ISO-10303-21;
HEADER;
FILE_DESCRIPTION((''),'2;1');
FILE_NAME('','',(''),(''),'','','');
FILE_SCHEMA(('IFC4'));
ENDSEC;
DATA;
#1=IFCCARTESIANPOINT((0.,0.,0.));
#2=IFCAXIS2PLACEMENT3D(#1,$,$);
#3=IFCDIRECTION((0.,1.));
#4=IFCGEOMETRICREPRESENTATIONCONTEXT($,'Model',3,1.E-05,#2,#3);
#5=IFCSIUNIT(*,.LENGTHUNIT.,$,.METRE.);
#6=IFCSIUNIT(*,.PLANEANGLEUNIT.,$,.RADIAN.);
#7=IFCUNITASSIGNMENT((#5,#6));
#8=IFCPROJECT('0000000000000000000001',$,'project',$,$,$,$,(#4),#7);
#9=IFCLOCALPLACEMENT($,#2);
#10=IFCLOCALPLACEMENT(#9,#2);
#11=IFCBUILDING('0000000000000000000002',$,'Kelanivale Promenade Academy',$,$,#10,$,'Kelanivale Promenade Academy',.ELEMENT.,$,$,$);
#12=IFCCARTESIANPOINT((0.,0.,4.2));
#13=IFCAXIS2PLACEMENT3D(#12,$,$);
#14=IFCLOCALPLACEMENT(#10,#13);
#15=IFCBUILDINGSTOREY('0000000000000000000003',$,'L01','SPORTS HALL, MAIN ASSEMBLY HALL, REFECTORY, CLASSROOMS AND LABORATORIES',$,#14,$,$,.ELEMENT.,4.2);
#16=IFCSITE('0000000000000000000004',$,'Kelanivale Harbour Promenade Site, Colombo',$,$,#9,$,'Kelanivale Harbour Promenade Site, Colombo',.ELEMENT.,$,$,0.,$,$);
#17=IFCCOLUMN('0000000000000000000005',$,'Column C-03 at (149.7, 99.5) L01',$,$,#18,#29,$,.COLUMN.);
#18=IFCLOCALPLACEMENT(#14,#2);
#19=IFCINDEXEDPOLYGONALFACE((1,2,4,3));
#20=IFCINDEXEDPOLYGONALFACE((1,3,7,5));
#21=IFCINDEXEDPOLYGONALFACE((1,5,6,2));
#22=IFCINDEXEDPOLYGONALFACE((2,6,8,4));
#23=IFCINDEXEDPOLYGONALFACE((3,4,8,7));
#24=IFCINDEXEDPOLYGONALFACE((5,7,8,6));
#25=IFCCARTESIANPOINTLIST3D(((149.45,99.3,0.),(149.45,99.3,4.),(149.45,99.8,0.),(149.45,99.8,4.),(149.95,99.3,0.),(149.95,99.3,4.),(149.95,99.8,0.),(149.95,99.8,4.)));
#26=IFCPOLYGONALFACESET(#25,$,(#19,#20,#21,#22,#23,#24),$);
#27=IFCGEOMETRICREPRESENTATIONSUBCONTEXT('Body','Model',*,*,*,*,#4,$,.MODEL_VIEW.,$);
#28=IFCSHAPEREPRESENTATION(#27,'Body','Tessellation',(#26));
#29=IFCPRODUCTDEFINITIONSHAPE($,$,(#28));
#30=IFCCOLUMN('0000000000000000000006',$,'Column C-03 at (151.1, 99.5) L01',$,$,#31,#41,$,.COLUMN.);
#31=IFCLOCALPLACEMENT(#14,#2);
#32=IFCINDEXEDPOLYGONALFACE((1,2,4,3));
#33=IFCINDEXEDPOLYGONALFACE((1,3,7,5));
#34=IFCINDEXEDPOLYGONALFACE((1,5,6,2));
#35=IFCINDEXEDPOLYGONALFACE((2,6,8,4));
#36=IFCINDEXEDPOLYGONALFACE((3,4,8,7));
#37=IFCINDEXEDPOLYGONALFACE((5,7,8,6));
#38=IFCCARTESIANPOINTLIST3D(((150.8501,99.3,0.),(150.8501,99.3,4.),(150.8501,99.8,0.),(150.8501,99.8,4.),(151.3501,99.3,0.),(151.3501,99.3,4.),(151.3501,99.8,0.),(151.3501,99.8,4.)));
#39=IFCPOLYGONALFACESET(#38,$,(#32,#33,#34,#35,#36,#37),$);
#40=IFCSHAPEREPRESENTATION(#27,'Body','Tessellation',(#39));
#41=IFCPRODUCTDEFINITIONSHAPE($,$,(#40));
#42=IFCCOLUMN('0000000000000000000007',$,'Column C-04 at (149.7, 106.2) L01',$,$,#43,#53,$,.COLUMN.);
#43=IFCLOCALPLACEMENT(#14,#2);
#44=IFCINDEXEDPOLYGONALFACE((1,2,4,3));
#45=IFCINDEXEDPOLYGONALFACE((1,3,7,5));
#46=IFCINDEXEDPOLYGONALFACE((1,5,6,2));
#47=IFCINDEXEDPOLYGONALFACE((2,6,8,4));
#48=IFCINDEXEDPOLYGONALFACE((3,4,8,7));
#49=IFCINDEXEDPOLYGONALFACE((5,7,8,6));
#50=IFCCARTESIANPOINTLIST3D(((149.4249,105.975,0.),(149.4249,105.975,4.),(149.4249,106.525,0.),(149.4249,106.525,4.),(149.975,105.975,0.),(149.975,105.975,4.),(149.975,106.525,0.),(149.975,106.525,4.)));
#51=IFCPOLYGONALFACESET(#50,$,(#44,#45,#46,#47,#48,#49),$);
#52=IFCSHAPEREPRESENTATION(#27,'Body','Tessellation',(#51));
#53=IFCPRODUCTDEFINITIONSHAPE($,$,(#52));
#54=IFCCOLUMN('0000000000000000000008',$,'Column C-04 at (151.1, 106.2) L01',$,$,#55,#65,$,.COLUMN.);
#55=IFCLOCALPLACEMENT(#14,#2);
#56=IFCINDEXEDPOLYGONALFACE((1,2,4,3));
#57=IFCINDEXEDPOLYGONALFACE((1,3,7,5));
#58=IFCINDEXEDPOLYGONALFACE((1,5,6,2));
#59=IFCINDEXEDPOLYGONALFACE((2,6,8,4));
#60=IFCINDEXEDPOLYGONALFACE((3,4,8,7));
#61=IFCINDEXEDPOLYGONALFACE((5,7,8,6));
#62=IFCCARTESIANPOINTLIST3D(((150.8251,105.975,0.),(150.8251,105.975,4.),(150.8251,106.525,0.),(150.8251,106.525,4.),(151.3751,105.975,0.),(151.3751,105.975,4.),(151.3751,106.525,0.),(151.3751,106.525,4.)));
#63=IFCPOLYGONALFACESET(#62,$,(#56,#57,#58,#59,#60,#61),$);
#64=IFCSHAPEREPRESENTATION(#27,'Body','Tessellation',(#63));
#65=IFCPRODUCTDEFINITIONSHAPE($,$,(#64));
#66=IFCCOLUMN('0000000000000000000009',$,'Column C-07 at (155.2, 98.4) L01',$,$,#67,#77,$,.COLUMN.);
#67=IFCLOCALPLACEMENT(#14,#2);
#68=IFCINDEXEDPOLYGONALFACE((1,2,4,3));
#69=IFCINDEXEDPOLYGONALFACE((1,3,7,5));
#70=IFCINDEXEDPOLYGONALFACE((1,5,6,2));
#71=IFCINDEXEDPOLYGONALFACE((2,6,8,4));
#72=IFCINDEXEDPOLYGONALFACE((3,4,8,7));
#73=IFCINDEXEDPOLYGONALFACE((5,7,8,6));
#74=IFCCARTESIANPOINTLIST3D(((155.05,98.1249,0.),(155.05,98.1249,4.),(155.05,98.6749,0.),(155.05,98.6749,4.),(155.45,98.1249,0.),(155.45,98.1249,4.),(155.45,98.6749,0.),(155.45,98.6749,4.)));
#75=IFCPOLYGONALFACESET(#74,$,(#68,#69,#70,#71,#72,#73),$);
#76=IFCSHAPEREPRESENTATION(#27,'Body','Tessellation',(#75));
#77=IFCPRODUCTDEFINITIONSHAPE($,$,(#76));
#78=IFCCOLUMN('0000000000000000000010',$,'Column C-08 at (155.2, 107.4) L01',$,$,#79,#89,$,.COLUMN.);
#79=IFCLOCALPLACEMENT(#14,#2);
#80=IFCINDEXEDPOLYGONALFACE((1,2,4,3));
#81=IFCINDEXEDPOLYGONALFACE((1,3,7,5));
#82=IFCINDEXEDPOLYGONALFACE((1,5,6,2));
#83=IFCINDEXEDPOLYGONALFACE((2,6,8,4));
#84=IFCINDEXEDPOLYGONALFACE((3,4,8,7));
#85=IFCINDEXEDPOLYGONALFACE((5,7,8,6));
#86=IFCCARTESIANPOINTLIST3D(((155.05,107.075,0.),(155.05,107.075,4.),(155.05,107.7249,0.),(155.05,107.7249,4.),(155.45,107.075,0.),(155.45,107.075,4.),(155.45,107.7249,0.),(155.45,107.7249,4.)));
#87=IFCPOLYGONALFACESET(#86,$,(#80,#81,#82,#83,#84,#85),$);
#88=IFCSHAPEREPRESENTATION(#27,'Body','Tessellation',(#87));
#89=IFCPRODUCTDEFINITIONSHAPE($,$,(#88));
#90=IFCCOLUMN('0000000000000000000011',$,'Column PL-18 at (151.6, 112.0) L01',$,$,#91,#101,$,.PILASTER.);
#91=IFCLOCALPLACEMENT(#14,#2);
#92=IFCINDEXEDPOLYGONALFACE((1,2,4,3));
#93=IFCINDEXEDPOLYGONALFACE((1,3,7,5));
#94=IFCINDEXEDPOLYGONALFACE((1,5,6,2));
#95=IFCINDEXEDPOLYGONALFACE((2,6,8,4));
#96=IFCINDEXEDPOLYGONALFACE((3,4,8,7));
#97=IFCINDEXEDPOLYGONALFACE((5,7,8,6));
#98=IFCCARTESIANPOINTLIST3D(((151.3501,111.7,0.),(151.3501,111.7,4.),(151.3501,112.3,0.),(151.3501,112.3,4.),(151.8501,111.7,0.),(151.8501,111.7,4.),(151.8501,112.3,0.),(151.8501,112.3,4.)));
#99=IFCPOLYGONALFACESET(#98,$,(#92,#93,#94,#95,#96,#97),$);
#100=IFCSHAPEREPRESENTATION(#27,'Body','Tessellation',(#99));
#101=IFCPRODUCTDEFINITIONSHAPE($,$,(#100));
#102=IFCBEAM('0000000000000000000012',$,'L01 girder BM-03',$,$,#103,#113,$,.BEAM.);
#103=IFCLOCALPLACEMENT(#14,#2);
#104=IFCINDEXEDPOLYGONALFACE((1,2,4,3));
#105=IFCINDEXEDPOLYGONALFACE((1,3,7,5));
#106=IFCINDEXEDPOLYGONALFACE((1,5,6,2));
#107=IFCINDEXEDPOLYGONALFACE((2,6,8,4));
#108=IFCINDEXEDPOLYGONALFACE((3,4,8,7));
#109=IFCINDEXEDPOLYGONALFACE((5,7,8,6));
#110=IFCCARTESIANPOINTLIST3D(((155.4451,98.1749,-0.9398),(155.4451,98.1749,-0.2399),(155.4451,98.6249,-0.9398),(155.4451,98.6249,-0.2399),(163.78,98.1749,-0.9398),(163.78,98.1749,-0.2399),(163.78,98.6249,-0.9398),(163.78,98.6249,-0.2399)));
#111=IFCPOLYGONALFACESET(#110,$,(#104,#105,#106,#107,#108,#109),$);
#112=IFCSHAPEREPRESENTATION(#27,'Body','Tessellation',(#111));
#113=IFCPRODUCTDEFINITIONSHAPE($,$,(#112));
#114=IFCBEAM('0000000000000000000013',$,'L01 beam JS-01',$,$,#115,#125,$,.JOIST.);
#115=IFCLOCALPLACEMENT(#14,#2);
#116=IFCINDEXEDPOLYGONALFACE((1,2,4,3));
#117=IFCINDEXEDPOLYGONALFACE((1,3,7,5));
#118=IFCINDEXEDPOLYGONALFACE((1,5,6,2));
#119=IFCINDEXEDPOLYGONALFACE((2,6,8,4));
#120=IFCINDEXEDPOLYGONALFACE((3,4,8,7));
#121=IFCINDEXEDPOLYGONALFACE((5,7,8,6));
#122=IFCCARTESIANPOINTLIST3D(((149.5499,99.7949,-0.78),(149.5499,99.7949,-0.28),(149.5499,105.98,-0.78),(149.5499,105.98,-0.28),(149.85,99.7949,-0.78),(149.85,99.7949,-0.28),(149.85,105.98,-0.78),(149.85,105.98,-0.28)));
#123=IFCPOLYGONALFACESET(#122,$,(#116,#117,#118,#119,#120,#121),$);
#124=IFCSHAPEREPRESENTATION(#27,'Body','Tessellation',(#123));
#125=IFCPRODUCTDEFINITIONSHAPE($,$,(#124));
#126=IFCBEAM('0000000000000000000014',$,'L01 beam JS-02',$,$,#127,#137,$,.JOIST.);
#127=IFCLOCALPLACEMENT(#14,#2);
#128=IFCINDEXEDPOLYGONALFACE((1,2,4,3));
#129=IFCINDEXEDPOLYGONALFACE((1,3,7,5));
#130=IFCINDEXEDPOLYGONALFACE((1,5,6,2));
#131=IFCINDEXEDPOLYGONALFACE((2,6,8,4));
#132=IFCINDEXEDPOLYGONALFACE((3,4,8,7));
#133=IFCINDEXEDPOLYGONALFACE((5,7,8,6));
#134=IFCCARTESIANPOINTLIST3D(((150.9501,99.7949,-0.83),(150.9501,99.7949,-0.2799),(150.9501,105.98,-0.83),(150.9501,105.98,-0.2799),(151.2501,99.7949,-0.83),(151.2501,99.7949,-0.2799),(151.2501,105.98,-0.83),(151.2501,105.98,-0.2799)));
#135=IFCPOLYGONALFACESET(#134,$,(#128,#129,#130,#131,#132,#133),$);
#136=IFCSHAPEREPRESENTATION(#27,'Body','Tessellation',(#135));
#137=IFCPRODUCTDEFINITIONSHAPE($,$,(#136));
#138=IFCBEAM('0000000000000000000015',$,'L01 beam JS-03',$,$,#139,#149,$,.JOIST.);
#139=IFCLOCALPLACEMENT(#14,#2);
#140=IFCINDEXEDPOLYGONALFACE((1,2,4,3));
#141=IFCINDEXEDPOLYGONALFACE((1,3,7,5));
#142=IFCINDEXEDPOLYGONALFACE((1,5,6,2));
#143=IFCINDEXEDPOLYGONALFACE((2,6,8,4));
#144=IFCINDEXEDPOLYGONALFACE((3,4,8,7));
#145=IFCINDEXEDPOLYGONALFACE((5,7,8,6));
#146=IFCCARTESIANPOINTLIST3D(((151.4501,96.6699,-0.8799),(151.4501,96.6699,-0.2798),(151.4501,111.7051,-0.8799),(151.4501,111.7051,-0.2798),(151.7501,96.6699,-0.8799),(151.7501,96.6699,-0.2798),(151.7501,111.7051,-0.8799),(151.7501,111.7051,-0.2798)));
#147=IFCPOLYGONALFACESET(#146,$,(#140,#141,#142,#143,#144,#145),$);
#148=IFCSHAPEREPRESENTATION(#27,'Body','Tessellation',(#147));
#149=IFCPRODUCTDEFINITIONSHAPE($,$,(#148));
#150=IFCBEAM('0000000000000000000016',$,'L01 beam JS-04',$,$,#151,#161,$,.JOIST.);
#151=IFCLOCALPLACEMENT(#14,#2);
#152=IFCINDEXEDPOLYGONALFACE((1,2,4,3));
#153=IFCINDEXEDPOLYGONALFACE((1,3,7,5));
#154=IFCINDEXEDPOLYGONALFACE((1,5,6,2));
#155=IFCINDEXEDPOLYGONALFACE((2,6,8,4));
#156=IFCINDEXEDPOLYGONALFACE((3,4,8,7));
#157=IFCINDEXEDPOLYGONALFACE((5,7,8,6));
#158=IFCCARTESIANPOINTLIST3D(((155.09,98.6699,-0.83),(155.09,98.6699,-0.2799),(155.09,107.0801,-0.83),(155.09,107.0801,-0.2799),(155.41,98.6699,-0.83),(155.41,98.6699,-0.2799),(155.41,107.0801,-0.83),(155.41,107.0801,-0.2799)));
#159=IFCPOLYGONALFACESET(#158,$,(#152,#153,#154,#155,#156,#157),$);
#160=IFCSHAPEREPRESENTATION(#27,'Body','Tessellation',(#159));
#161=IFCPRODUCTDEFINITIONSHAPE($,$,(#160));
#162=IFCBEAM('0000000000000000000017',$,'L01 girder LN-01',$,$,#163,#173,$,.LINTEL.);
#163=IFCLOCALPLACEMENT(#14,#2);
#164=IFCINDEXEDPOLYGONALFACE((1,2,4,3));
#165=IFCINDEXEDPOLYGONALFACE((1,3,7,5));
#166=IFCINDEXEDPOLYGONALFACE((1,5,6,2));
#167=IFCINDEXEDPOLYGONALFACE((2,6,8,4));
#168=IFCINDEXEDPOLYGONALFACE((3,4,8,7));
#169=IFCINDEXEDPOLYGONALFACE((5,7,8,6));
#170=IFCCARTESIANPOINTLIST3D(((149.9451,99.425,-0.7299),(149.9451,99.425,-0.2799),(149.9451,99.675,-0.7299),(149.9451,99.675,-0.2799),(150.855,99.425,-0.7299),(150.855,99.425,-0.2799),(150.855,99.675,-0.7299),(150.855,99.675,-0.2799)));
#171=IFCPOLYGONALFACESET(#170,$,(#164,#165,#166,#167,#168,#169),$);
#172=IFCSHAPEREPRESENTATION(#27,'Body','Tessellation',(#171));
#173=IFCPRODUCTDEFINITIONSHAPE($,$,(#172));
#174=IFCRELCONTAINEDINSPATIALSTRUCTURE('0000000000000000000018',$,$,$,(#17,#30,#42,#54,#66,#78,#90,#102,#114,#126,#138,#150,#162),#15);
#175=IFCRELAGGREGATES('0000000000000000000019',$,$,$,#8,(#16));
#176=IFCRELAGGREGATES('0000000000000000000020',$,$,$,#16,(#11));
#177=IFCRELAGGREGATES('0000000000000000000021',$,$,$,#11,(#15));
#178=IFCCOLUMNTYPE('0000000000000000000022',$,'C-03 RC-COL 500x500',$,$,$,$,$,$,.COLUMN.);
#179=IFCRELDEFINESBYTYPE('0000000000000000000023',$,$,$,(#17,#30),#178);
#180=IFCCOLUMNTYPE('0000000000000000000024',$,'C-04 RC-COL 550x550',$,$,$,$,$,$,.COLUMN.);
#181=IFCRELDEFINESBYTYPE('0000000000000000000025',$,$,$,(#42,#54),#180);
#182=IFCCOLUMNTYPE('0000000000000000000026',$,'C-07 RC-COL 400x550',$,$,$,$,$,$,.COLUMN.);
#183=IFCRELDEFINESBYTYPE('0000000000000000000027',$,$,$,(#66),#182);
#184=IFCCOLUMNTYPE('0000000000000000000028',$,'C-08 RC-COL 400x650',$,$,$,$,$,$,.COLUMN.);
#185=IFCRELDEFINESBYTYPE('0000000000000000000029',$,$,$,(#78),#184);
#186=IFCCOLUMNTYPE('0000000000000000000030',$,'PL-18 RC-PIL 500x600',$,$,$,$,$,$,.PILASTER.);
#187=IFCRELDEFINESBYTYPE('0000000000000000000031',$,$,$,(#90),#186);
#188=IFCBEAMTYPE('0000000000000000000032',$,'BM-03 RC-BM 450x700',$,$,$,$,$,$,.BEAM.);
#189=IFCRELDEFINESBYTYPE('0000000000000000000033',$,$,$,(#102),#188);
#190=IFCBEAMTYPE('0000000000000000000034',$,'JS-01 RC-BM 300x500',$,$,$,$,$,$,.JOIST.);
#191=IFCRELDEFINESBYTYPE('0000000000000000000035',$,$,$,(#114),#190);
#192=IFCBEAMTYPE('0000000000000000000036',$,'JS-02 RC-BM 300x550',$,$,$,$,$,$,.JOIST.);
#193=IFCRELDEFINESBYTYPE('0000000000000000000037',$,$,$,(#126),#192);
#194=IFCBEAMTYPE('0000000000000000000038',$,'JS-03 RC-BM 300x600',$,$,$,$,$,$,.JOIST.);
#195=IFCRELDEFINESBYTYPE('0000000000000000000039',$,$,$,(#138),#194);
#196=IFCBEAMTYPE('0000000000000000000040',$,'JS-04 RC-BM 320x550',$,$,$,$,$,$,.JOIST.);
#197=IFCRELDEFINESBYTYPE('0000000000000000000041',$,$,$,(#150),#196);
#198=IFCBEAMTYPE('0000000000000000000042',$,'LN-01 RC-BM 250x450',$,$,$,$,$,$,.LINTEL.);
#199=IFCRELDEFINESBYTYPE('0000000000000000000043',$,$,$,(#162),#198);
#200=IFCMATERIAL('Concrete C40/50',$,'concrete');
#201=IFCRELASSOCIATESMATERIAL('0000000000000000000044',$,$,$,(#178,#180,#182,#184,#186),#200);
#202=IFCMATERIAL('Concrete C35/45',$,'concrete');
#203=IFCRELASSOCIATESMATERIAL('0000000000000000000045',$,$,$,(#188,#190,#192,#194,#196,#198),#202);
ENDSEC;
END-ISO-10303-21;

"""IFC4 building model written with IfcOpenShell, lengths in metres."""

from ifc_helpers import new_model, si_unit, direction, frame, origin, origin_2d, place, context, subcontext, project, spatial, rectangle, extrude, material, material_profile, profile_set, type_object, element, save


model = new_model("IFC4")

# Units and contexts
model_context = context("Model", 3, precision=1e-05, world=origin(), true_north=direction((0.0, 1.0)))
body_context = subcontext(model_context, "Body", "Model", "MODEL_VIEW")
ifc_project = project(units=[si_unit("LENGTHUNIT", "METRE"), si_unit("PLANEANGLEUNIT", "RADIAN")], contexts=[model_context])

# Site, building, storey
site_placement = place(None, origin())
site = spatial("IfcSite", under=ifc_project, at=site_placement, Name="Kelanivale Harbour Promenade Site, Colombo", LongName="Kelanivale Harbour Promenade Site, Colombo", CompositionType="ELEMENT", RefElevation=0.0)
building_placement = place(site_placement, origin())
building = spatial("IfcBuilding", under=site, at=building_placement, Name="Kelanivale Promenade Academy", LongName="Kelanivale Promenade Academy", CompositionType="ELEMENT")
storey_placement = place(building_placement, frame((0.0, 0.0, 4.2)))
storey = spatial("IfcBuildingStorey", under=building, at=storey_placement, Name="L01", Description="SPORTS HALL, MAIN ASSEMBLY HALL, REFECTORY, CLASSROOMS AND LABORATORIES", CompositionType="ELEMENT", Elevation=4.2)

# Columns
ifc_material_1 = material(Name="Concrete C40/50", Category="concrete")
ifc_material_profile_1 = material_profile(ifc_material_1, rectangle(XDim=0.5, YDim=0.5, at=origin_2d()), Name="RC-COL 500x500")
ifc_profile_set_1 = profile_set([ifc_material_profile_1], Name="Concrete C40/50")
column_type_1 = type_object("IfcColumnType", Name="C-03 RC-COL 500x500", PredefinedType="COLUMN", material=ifc_profile_set_1)
for number, where, z_axis, x_axis, name in (
    (1, (149.7, 99.55, 0.0), (0.0, 0.0, 1.0), (1.0, 0.0, 0.0), "Column C-03 at (149.7, 99.5) L01"),
    (2, (151.1001, 99.55, 0.0), (0.0, 0.0, 1.0), (1.0, 0.0, 0.0), "Column C-03 at (151.1, 99.5) L01"),
):
    element("IfcColumn", number, at=place(storey_placement, frame(where, z_axis=z_axis, x_axis=x_axis)), inside=storey, type_object=column_type_1, Name=name, PredefinedType="COLUMN", context=body_context, shape_type="SweptSolid", body=[
        extrude(rectangle(XDim=0.5, YDim=0.5, at=origin_2d()), origin(), (0.0, 0.0, 1.0), 4.0),
    ])
ifc_material_profile_2 = material_profile(ifc_material_1, rectangle(XDim=0.55, YDim=0.55, at=origin_2d()), Name="RC-COL 550x550")
ifc_profile_set_2 = profile_set([ifc_material_profile_2], Name="Concrete C40/50")
column_type_2 = type_object("IfcColumnType", Name="C-04 RC-COL 550x550", PredefinedType="COLUMN", material=ifc_profile_set_2)
for number, where, z_axis, x_axis, name in (
    (3, (149.7, 106.25, 0.0), (0.0, 0.0, 1.0), (1.0, 0.0, 0.0), "Column C-04 at (149.7, 106.2) L01"),
    (4, (151.1001, 106.25, 0.0), (0.0, 0.0, 1.0), (1.0, 0.0, 0.0), "Column C-04 at (151.1, 106.2) L01"),
):
    element("IfcColumn", number, at=place(storey_placement, frame(where, z_axis=z_axis, x_axis=x_axis)), inside=storey, type_object=column_type_2, Name=name, PredefinedType="COLUMN", context=body_context, shape_type="SweptSolid", body=[
        extrude(rectangle(XDim=0.55, YDim=0.55, at=origin_2d()), origin(), (0.0, 0.0, 1.0), 4.0),
    ])
ifc_material_profile_3 = material_profile(ifc_material_1, rectangle(XDim=0.3999, YDim=0.55, at=origin_2d()), Name="RC-COL 400x550")
ifc_profile_set_3 = profile_set([ifc_material_profile_3], Name="Concrete C40/50")
column_type_3 = type_object("IfcColumnType", Name="C-07 RC-COL 400x550", PredefinedType="COLUMN", material=ifc_profile_set_3)
column_1_placement = place(storey_placement, frame((155.25, 98.3999, 0.0), z_axis=(0.0, 0.0, 1.0), x_axis=(1.0, 0.0, 0.0)))
element("IfcColumn", 5, at=column_1_placement, inside=storey, type_object=column_type_3, Name="Column C-07 at (155.2, 98.4) L01", PredefinedType="COLUMN", context=body_context, shape_type="SweptSolid", body=[
    extrude(rectangle(XDim=0.3999, YDim=0.55, at=origin_2d()), origin(), (0.0, 0.0, 1.0), 4.0),
])
ifc_material_profile_4 = material_profile(ifc_material_1, rectangle(XDim=0.3999, YDim=0.6499, at=origin_2d()), Name="RC-COL 400x650")
ifc_profile_set_4 = profile_set([ifc_material_profile_4], Name="Concrete C40/50")
column_type_4 = type_object("IfcColumnType", Name="C-08 RC-COL 400x650", PredefinedType="COLUMN", material=ifc_profile_set_4)
column_2_placement = place(storey_placement, frame((155.25, 107.3999, 0.0), z_axis=(0.0, 0.0, 1.0), x_axis=(1.0, 0.0, 0.0)))
element("IfcColumn", 6, at=column_2_placement, inside=storey, type_object=column_type_4, Name="Column C-08 at (155.2, 107.4) L01", PredefinedType="COLUMN", context=body_context, shape_type="SweptSolid", body=[
    extrude(rectangle(XDim=0.3999, YDim=0.6499, at=origin_2d()), origin(), (0.0, 0.0, 1.0), 4.0),
])
ifc_material_profile_5 = material_profile(ifc_material_1, rectangle(XDim=0.5, YDim=0.6001, at=origin_2d()), Name="RC-PIL 500x600")
ifc_profile_set_5 = profile_set([ifc_material_profile_5], Name="Concrete C40/50")
column_type_5 = type_object("IfcColumnType", Name="PL-18 RC-PIL 500x600", PredefinedType="PILASTER", material=ifc_profile_set_5)
column_3_placement = place(storey_placement, frame((151.6001, 112.0, 0.0), z_axis=(0.0, 0.0, 1.0), x_axis=(1.0, 0.0, 0.0)))
element("IfcColumn", 7, at=column_3_placement, inside=storey, type_object=column_type_5, Name="Column PL-18 at (151.6, 112.0) L01", PredefinedType="PILASTER", context=body_context, shape_type="SweptSolid", body=[
    extrude(rectangle(XDim=0.5, YDim=0.6001, at=origin_2d()), origin(), (0.0, 0.0, 1.0), 4.0),
])

# Beams
ifc_material_2 = material(Name="Concrete C35/45", Category="concrete")
ifc_material_profile_6 = material_profile(ifc_material_2, rectangle(XDim=0.45, YDim=0.7, at=origin_2d()), Name="RC-BM 450x700")
ifc_profile_set_6 = profile_set([ifc_material_profile_6], Name="Concrete C35/45")
beam_type_1 = type_object("IfcBeamType", Name="BM-03 RC-BM 450x700", PredefinedType="BEAM", material=ifc_profile_set_6)
beam_1_placement = place(storey_placement, frame((155.4451, 98.3999, -0.5898), z_axis=(1.0, 0.0, 0.0), x_axis=(0.0, 1.0, 0.0)))
element("IfcBeam", 8, at=beam_1_placement, inside=storey, type_object=beam_type_1, Name="L01 girder BM-03", PredefinedType="BEAM", context=body_context, shape_type="SweptSolid", body=[
    extrude(rectangle(XDim=0.45, YDim=0.7, at=origin_2d()), origin(), (0.0, 0.0, 1.0), 8.335),
])
ifc_material_profile_7 = material_profile(ifc_material_2, rectangle(XDim=0.3, YDim=0.5, at=origin_2d()), Name="RC-BM 300x500")
ifc_profile_set_7 = profile_set([ifc_material_profile_7], Name="Concrete C35/45")
beam_type_2 = type_object("IfcBeamType", Name="JS-01 RC-BM 300x500", PredefinedType="JOIST", material=ifc_profile_set_7)
beam_2_placement = place(storey_placement, frame((149.7, 99.7949, -0.53), z_axis=(0.0, 1.0, 0.0), x_axis=(-1.0, 0.0, 0.0)))
element("IfcBeam", 9, at=beam_2_placement, inside=storey, type_object=beam_type_2, Name="L01 beam JS-01", PredefinedType="JOIST", context=body_context, shape_type="SweptSolid", body=[
    extrude(rectangle(XDim=0.3, YDim=0.5, at=origin_2d()), origin(), (0.0, 0.0, 1.0), 6.1851),
])
ifc_material_profile_8 = material_profile(ifc_material_2, rectangle(XDim=0.3, YDim=0.55, at=origin_2d()), Name="RC-BM 300x550")
ifc_profile_set_8 = profile_set([ifc_material_profile_8], Name="Concrete C35/45")
beam_type_3 = type_object("IfcBeamType", Name="JS-02 RC-BM 300x550", PredefinedType="JOIST", material=ifc_profile_set_8)
beam_3_placement = place(storey_placement, frame((151.1001, 99.7949, -0.5549), z_axis=(0.0, 1.0, 0.0), x_axis=(-1.0, 0.0, 0.0)))
element("IfcBeam", 10, at=beam_3_placement, inside=storey, type_object=beam_type_3, Name="L01 beam JS-02", PredefinedType="JOIST", context=body_context, shape_type="SweptSolid", body=[
    extrude(rectangle(XDim=0.3, YDim=0.55, at=origin_2d()), origin(), (0.0, 0.0, 1.0), 6.1851),
])
ifc_material_profile_9 = material_profile(ifc_material_2, rectangle(XDim=0.3, YDim=0.6001, at=origin_2d()), Name="RC-BM 300x600")
ifc_profile_set_9 = profile_set([ifc_material_profile_9], Name="Concrete C35/45")
beam_type_4 = type_object("IfcBeamType", Name="JS-03 RC-BM 300x600", PredefinedType="JOIST", material=ifc_profile_set_9)
beam_4_placement = place(storey_placement, frame((151.6001, 96.6699, -0.5798), z_axis=(0.0, 1.0, 0.0), x_axis=(-1.0, 0.0, 0.0)))
element("IfcBeam", 11, at=beam_4_placement, inside=storey, type_object=beam_type_4, Name="L01 beam JS-03", PredefinedType="JOIST", context=body_context, shape_type="SweptSolid", body=[
    extrude(rectangle(XDim=0.3, YDim=0.6001, at=origin_2d()), origin(), (0.0, 0.0, 1.0), 15.0352),
])
ifc_material_profile_10 = material_profile(ifc_material_2, rectangle(XDim=0.3201, YDim=0.55, at=origin_2d()), Name="RC-BM 320x550")
ifc_profile_set_10 = profile_set([ifc_material_profile_10], Name="Concrete C35/45")
beam_type_5 = type_object("IfcBeamType", Name="JS-04 RC-BM 320x550", PredefinedType="JOIST", material=ifc_profile_set_10)
beam_5_placement = place(storey_placement, frame((155.25, 98.6699, -0.5549), z_axis=(0.0, 1.0, 0.0), x_axis=(-1.0, 0.0, 0.0)))
element("IfcBeam", 12, at=beam_5_placement, inside=storey, type_object=beam_type_5, Name="L01 beam JS-04", PredefinedType="JOIST", context=body_context, shape_type="SweptSolid", body=[
    extrude(rectangle(XDim=0.3201, YDim=0.55, at=origin_2d()), origin(), (0.0, 0.0, 1.0), 8.4102),
])
ifc_material_profile_11 = material_profile(ifc_material_2, rectangle(XDim=0.25, YDim=0.45, at=origin_2d()), Name="RC-BM 250x450")
ifc_profile_set_11 = profile_set([ifc_material_profile_11], Name="Concrete C35/45")
beam_type_6 = type_object("IfcBeamType", Name="LN-01 RC-BM 250x450", PredefinedType="LINTEL", material=ifc_profile_set_11)
beam_6_placement = place(storey_placement, frame((149.9451, 99.55, -0.5049), z_axis=(1.0, 0.0, 0.0), x_axis=(0.0, 1.0, 0.0)))
element("IfcBeam", 13, at=beam_6_placement, inside=storey, type_object=beam_type_6, Name="L01 girder LN-01", PredefinedType="LINTEL", context=body_context, shape_type="SweptSolid", body=[
    extrude(rectangle(XDim=0.25, YDim=0.45, at=origin_2d()), origin(), (0.0, 0.0, 1.0), 0.9099),
])

save(model, "model.ifc")
